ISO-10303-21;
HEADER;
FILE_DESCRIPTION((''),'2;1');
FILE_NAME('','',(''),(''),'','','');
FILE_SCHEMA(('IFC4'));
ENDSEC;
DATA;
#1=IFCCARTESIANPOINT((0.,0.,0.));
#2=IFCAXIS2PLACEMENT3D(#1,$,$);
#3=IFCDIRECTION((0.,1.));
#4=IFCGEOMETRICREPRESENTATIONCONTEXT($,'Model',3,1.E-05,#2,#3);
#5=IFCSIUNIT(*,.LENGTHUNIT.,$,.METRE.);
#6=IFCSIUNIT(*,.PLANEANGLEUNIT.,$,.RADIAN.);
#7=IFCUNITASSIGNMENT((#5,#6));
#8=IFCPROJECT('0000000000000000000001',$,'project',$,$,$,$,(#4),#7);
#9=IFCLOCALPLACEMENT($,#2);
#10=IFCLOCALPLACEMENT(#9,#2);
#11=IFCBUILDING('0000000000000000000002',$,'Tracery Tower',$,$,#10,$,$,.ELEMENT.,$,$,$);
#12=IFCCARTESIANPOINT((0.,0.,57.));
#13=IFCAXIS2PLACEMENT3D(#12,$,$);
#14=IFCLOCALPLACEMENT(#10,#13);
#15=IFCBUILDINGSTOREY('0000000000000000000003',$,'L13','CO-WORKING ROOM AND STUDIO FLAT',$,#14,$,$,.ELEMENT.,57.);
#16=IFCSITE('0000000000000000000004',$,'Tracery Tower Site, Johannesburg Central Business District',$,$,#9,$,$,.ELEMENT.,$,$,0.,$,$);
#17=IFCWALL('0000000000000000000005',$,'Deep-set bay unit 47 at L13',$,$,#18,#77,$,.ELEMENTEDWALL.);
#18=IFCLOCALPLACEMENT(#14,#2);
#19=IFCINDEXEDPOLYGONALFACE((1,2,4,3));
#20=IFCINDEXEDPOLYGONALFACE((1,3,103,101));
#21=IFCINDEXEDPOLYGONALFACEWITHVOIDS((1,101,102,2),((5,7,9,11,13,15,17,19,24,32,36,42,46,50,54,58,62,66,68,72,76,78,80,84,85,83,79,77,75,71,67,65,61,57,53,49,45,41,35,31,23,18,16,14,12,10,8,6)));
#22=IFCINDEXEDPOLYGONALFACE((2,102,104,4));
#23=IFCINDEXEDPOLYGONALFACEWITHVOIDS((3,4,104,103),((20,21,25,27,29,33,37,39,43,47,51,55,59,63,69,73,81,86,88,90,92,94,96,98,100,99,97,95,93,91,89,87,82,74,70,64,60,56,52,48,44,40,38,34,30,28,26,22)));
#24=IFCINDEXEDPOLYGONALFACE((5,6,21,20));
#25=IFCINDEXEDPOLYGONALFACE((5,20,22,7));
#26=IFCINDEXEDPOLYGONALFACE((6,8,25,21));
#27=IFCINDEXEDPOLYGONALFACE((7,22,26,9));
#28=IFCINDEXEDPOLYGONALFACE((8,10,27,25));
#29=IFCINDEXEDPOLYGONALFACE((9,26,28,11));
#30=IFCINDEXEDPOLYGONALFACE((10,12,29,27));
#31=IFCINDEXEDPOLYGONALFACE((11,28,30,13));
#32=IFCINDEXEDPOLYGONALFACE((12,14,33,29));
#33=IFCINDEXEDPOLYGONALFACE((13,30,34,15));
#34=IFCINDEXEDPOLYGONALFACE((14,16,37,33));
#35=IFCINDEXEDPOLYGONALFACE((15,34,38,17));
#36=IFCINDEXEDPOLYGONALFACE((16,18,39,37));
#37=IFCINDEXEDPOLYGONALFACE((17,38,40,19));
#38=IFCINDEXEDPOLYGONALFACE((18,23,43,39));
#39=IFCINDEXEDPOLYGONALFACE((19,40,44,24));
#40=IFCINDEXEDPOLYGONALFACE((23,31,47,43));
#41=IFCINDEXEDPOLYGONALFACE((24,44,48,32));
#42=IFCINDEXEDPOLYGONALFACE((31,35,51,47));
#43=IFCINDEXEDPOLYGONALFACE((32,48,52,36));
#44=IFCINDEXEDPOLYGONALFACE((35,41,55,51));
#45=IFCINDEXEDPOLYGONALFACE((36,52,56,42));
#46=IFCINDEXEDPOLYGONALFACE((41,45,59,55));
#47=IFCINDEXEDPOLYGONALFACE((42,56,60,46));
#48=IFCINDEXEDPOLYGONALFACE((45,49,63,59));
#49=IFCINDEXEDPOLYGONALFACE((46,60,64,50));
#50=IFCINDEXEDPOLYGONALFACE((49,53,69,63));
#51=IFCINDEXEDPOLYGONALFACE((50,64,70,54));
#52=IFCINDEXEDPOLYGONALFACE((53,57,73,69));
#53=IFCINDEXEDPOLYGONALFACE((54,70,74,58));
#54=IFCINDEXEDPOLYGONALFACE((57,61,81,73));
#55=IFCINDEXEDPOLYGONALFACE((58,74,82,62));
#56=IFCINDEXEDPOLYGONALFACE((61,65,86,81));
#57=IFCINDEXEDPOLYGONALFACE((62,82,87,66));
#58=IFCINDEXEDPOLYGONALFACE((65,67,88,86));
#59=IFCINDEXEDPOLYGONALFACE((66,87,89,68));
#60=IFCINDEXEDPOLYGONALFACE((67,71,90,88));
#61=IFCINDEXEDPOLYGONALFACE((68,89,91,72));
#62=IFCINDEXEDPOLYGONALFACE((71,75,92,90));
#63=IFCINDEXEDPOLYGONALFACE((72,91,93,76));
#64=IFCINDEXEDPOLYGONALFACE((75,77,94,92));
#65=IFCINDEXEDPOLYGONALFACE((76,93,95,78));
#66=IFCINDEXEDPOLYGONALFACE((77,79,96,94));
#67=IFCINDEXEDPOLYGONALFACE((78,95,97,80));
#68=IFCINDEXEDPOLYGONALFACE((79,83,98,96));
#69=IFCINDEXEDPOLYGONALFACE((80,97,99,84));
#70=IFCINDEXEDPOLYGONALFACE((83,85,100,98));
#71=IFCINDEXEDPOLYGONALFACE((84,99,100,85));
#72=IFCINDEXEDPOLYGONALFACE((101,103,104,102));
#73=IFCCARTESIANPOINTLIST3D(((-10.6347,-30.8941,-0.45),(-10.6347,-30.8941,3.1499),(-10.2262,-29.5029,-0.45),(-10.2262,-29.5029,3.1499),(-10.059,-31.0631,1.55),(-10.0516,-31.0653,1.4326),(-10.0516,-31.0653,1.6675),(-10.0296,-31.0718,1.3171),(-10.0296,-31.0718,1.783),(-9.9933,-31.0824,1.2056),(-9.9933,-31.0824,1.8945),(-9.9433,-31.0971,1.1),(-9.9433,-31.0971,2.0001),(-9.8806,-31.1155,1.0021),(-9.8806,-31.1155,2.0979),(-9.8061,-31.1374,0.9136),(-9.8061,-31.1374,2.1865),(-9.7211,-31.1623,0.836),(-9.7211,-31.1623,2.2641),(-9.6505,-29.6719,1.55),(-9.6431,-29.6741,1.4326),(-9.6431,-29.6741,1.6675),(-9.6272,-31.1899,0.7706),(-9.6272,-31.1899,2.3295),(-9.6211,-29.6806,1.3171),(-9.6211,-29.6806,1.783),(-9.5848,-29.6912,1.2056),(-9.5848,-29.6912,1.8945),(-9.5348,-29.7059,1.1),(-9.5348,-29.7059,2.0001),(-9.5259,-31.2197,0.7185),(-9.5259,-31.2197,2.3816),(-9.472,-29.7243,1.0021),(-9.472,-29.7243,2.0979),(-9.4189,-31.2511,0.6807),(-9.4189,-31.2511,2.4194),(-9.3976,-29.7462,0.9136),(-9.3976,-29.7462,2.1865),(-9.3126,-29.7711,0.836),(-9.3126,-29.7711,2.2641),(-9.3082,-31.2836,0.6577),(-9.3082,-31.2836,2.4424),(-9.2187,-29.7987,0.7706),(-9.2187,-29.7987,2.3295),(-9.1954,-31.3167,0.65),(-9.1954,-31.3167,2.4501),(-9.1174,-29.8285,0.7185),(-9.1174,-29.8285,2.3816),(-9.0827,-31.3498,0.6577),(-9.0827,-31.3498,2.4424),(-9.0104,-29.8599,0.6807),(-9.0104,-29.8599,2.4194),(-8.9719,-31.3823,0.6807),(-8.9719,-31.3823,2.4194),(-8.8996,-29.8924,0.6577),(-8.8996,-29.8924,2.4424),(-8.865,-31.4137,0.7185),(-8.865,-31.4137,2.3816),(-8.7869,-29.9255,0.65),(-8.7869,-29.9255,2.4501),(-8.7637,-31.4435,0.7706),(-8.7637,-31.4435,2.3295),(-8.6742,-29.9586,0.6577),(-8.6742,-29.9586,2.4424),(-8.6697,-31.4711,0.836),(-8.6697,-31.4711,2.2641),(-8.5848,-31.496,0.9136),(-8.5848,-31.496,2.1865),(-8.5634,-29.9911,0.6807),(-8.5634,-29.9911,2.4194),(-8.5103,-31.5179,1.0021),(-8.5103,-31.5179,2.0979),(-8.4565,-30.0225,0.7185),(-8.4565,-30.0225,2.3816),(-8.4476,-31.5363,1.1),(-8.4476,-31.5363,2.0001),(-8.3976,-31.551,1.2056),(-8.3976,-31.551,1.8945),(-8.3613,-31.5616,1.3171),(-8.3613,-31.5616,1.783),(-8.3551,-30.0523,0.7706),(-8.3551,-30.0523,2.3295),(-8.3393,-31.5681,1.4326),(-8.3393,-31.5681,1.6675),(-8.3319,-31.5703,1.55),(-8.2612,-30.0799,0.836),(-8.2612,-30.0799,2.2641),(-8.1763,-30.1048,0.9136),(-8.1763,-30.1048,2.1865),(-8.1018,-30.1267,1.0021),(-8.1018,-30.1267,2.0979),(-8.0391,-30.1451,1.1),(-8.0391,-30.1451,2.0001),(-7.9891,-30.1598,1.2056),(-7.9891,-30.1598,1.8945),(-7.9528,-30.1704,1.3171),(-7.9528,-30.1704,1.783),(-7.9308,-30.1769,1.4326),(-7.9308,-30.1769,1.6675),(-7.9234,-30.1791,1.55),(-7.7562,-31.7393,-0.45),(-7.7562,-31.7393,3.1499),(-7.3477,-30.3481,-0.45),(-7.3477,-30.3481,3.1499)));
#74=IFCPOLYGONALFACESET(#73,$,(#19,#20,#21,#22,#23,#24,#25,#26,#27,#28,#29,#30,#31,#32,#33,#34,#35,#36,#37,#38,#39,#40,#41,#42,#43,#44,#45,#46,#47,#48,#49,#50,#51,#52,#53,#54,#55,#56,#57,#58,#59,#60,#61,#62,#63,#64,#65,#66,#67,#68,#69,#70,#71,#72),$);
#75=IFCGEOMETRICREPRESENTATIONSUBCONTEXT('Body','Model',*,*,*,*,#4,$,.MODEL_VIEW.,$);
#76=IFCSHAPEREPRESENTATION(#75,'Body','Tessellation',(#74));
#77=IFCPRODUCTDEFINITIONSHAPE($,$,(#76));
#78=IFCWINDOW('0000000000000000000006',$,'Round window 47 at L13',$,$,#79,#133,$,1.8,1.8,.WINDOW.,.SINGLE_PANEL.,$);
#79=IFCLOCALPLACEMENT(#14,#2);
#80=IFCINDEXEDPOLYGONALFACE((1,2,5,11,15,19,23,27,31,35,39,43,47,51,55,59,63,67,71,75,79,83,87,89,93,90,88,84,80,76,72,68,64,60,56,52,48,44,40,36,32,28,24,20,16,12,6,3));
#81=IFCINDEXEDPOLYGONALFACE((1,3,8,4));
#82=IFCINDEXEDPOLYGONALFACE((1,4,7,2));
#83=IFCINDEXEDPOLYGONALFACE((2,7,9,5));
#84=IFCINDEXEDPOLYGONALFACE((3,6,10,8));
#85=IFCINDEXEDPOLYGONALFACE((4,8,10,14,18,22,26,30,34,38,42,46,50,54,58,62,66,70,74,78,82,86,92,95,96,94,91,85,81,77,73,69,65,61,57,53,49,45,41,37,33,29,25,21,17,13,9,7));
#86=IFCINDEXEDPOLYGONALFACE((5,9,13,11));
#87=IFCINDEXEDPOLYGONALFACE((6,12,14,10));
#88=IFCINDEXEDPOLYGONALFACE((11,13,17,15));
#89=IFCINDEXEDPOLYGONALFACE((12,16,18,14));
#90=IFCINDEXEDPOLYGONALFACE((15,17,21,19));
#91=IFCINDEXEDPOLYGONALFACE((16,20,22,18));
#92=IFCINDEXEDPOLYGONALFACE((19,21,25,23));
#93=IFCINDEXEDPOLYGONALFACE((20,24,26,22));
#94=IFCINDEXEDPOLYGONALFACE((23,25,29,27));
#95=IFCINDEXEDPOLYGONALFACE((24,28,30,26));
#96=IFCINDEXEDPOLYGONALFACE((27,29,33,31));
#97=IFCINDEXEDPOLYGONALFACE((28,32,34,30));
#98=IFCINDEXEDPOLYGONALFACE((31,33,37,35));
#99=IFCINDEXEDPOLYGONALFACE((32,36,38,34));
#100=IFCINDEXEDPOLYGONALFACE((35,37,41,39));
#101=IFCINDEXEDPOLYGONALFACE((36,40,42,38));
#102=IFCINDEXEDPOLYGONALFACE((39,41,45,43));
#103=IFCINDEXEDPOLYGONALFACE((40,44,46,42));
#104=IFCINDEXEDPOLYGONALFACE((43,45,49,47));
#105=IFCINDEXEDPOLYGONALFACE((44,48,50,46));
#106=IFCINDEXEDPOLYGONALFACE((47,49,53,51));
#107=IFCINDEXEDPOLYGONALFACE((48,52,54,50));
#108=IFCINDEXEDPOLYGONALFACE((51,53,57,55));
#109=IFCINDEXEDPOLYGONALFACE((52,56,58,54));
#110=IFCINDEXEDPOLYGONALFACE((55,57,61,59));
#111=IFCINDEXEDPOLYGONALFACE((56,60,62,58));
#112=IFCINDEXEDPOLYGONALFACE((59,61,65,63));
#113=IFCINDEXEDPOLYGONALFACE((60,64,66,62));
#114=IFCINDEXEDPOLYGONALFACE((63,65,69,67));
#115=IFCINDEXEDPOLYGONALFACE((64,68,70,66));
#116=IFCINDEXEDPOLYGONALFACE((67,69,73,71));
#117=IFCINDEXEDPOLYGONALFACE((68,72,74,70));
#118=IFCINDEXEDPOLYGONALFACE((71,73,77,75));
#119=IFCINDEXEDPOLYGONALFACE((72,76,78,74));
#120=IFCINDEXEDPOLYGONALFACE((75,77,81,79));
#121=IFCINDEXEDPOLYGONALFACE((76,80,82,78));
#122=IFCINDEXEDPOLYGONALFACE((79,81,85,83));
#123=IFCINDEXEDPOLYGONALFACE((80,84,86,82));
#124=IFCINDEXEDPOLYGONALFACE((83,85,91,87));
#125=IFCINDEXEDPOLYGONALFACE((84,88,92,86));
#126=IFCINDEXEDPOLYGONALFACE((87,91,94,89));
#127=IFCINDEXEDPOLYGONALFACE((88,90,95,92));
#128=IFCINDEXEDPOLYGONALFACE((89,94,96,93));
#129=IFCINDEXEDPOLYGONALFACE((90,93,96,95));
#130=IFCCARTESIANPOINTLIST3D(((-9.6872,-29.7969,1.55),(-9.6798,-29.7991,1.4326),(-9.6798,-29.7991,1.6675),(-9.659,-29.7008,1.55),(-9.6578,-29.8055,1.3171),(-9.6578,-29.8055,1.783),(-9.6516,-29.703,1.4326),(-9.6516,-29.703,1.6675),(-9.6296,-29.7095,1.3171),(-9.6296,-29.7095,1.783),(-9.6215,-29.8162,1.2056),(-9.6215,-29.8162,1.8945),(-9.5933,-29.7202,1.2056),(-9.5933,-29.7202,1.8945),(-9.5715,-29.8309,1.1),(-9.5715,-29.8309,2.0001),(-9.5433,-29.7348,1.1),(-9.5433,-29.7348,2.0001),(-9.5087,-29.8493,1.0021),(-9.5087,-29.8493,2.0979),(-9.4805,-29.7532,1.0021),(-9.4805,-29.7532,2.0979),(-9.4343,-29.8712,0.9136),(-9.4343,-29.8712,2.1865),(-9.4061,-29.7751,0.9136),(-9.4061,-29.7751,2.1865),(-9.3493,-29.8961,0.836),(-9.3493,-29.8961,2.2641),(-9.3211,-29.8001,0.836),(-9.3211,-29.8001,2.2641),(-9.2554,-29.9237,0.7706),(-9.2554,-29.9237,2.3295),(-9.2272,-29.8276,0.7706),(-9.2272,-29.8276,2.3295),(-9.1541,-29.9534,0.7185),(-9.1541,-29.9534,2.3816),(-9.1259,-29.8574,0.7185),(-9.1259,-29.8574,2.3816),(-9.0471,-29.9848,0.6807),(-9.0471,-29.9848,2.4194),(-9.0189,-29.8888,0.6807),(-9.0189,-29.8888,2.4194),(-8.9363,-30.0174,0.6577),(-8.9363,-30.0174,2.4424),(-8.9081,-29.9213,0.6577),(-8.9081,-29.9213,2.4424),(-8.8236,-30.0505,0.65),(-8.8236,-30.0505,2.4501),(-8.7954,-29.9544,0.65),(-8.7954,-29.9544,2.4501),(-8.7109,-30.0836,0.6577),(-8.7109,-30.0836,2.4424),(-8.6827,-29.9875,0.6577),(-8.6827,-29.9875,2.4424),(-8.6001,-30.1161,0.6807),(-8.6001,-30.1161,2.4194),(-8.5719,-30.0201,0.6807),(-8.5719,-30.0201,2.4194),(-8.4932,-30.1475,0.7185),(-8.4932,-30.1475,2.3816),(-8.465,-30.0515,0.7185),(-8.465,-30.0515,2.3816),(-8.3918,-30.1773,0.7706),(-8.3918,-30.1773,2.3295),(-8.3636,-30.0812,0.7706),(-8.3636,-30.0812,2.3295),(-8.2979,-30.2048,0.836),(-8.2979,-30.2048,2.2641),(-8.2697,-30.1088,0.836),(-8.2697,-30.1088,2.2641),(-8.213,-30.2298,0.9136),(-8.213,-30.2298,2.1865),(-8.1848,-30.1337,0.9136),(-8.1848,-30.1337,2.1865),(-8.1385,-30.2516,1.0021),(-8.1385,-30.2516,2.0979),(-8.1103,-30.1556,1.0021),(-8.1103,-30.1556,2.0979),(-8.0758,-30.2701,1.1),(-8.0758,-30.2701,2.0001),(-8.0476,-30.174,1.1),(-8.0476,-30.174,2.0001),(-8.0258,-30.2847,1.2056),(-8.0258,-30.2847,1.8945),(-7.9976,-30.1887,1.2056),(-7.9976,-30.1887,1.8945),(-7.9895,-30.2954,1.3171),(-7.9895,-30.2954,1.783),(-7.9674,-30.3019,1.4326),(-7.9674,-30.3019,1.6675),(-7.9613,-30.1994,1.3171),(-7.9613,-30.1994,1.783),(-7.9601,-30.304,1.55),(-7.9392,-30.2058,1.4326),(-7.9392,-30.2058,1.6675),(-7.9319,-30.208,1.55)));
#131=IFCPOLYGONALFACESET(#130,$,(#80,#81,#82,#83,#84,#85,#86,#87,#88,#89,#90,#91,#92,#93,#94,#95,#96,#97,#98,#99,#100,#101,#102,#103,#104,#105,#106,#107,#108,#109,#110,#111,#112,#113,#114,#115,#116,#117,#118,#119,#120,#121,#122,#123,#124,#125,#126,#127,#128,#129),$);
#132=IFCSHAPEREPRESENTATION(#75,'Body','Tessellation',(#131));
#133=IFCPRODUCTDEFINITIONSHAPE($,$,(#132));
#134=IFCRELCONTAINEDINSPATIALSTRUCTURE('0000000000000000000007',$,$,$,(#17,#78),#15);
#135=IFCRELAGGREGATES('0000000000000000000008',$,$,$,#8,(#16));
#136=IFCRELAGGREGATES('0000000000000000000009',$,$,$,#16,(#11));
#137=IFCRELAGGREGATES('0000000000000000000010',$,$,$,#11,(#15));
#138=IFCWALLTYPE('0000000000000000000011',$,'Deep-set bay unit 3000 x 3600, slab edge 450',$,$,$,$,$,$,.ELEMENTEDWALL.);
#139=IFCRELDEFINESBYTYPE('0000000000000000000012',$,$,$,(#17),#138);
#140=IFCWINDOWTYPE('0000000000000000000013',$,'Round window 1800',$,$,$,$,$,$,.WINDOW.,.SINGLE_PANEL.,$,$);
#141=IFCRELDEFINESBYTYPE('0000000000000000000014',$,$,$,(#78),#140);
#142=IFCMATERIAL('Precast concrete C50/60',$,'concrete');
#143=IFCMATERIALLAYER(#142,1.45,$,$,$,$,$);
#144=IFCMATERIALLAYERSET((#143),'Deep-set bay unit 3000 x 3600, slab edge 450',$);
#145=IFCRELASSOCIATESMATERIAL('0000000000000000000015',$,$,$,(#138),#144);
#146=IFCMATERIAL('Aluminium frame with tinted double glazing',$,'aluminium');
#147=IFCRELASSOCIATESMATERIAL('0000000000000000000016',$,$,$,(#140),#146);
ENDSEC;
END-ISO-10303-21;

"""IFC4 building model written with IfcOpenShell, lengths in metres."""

from ifc_helpers import new_model, si_unit, direction, frame, frame_2d, origin, origin_2d, place, context, subcontext, project, spatial, rectangle, circle, extrude, material, layer, layer_set, type_object, element, fill, save


model = new_model("IFC4")

# Units and contexts
model_context = context("Model", 3, precision=1e-05, world=origin(), true_north=direction((0.0, 1.0)))
body_context = subcontext(model_context, "Body", "Model", "MODEL_VIEW")
ifc_project = project(units=[si_unit("LENGTHUNIT", "METRE"), si_unit("PLANEANGLEUNIT", "RADIAN")], contexts=[model_context])

# Site, building, storey
site_placement = place(None, origin())
site = spatial("IfcSite", under=ifc_project, at=site_placement, Name="Tracery Tower Site, Johannesburg Central Business District", CompositionType="ELEMENT", RefElevation=0.0)
building_placement = place(site_placement, origin())
building = spatial("IfcBuilding", under=site, at=building_placement, Name="Tracery Tower", CompositionType="ELEMENT")
storey_placement = place(building_placement, frame((0.0, 0.0, 57.0)))
storey = spatial("IfcBuildingStorey", under=building, at=storey_placement, Name="L13", Description="CO-WORKING ROOM AND STUDIO FLAT", CompositionType="ELEMENT", Elevation=57.0)

# Wall, opening, window
ifc_material_1 = material(Name="Precast concrete C50/60", Category="concrete")
ifc_layer_1 = layer(ifc_material_1, 1.45)
ifc_layer_set_1 = layer_set([ifc_layer_1], Name="Deep-set bay unit 3000 x 3600, slab edge 450")
wall_type_1 = type_object("IfcWallType", Name="Deep-set bay unit 3000 x 3600, slab edge 450", PredefinedType="ELEMENTEDWALL", material=ifc_layer_set_1)
wall_1_placement = place(storey_placement, frame((-10.4304, -30.1985, -0.45), z_axis=(0.0, 0.0, 1.0), x_axis=(0.95949, -0.281743, 0.0)))
wall_1 = element("IfcWall", 1, at=wall_1_placement, inside=storey, type_object=wall_type_1, Name="Deep-set bay unit 47 at L13", PredefinedType="ELEMENTEDWALL", context=body_context, shape_type="SweptSolid", body=[
    extrude(rectangle(XDim=3.0, YDim=1.45, at=frame_2d((1.5, 0.0))), origin(), (0.0, 0.0, 1.0), 3.5999),
])
opening_1_placement = place(wall_1_placement, frame((1.5, 0.0, 2.0)))
opening_1 = element("IfcOpeningElement", 2, at=opening_1_placement, cuts=wall_1, PredefinedType="OPENING", context=body_context, shape_type="SweptSolid", body=[
    extrude(circle(Radius=0.9, at=origin_2d()), frame((0.0, 0.7349, 0.0), z_axis=(0.0, -1.0, 0.0), x_axis=(1.0, 0.0, 0.0)), (0.0, 0.0, 1.0), 1.47),
])
ifc_material_2 = material(Name="Aluminium frame with tinted double glazing", Category="aluminium")
window_type = type_object("IfcWindowType", Name="Round window 1800", PartitioningType="SINGLE_PANEL", PredefinedType="WINDOW", material=ifc_material_2)
window_1_placement = place(opening_1_placement, origin())
window_1 = element("IfcWindow", 3, at=window_1_placement, inside=storey, type_object=window_type, Name="Round window 47 at L13", OverallHeight=1.8, OverallWidth=1.8, PartitioningType="SINGLE_PANEL", PredefinedType="WINDOW", context=body_context, shape_type="SweptSolid", body=[
    extrude(circle(Radius=0.9, at=origin_2d()), frame((0.0, 0.6948, 0.0), z_axis=(0.0, -1.0, 0.0), x_axis=(1.0, 0.0, 0.0)), (0.0, 0.0, 1.0), 0.1001),
])
fill(opening_1, window_1)

save(model, "model.ifc")
